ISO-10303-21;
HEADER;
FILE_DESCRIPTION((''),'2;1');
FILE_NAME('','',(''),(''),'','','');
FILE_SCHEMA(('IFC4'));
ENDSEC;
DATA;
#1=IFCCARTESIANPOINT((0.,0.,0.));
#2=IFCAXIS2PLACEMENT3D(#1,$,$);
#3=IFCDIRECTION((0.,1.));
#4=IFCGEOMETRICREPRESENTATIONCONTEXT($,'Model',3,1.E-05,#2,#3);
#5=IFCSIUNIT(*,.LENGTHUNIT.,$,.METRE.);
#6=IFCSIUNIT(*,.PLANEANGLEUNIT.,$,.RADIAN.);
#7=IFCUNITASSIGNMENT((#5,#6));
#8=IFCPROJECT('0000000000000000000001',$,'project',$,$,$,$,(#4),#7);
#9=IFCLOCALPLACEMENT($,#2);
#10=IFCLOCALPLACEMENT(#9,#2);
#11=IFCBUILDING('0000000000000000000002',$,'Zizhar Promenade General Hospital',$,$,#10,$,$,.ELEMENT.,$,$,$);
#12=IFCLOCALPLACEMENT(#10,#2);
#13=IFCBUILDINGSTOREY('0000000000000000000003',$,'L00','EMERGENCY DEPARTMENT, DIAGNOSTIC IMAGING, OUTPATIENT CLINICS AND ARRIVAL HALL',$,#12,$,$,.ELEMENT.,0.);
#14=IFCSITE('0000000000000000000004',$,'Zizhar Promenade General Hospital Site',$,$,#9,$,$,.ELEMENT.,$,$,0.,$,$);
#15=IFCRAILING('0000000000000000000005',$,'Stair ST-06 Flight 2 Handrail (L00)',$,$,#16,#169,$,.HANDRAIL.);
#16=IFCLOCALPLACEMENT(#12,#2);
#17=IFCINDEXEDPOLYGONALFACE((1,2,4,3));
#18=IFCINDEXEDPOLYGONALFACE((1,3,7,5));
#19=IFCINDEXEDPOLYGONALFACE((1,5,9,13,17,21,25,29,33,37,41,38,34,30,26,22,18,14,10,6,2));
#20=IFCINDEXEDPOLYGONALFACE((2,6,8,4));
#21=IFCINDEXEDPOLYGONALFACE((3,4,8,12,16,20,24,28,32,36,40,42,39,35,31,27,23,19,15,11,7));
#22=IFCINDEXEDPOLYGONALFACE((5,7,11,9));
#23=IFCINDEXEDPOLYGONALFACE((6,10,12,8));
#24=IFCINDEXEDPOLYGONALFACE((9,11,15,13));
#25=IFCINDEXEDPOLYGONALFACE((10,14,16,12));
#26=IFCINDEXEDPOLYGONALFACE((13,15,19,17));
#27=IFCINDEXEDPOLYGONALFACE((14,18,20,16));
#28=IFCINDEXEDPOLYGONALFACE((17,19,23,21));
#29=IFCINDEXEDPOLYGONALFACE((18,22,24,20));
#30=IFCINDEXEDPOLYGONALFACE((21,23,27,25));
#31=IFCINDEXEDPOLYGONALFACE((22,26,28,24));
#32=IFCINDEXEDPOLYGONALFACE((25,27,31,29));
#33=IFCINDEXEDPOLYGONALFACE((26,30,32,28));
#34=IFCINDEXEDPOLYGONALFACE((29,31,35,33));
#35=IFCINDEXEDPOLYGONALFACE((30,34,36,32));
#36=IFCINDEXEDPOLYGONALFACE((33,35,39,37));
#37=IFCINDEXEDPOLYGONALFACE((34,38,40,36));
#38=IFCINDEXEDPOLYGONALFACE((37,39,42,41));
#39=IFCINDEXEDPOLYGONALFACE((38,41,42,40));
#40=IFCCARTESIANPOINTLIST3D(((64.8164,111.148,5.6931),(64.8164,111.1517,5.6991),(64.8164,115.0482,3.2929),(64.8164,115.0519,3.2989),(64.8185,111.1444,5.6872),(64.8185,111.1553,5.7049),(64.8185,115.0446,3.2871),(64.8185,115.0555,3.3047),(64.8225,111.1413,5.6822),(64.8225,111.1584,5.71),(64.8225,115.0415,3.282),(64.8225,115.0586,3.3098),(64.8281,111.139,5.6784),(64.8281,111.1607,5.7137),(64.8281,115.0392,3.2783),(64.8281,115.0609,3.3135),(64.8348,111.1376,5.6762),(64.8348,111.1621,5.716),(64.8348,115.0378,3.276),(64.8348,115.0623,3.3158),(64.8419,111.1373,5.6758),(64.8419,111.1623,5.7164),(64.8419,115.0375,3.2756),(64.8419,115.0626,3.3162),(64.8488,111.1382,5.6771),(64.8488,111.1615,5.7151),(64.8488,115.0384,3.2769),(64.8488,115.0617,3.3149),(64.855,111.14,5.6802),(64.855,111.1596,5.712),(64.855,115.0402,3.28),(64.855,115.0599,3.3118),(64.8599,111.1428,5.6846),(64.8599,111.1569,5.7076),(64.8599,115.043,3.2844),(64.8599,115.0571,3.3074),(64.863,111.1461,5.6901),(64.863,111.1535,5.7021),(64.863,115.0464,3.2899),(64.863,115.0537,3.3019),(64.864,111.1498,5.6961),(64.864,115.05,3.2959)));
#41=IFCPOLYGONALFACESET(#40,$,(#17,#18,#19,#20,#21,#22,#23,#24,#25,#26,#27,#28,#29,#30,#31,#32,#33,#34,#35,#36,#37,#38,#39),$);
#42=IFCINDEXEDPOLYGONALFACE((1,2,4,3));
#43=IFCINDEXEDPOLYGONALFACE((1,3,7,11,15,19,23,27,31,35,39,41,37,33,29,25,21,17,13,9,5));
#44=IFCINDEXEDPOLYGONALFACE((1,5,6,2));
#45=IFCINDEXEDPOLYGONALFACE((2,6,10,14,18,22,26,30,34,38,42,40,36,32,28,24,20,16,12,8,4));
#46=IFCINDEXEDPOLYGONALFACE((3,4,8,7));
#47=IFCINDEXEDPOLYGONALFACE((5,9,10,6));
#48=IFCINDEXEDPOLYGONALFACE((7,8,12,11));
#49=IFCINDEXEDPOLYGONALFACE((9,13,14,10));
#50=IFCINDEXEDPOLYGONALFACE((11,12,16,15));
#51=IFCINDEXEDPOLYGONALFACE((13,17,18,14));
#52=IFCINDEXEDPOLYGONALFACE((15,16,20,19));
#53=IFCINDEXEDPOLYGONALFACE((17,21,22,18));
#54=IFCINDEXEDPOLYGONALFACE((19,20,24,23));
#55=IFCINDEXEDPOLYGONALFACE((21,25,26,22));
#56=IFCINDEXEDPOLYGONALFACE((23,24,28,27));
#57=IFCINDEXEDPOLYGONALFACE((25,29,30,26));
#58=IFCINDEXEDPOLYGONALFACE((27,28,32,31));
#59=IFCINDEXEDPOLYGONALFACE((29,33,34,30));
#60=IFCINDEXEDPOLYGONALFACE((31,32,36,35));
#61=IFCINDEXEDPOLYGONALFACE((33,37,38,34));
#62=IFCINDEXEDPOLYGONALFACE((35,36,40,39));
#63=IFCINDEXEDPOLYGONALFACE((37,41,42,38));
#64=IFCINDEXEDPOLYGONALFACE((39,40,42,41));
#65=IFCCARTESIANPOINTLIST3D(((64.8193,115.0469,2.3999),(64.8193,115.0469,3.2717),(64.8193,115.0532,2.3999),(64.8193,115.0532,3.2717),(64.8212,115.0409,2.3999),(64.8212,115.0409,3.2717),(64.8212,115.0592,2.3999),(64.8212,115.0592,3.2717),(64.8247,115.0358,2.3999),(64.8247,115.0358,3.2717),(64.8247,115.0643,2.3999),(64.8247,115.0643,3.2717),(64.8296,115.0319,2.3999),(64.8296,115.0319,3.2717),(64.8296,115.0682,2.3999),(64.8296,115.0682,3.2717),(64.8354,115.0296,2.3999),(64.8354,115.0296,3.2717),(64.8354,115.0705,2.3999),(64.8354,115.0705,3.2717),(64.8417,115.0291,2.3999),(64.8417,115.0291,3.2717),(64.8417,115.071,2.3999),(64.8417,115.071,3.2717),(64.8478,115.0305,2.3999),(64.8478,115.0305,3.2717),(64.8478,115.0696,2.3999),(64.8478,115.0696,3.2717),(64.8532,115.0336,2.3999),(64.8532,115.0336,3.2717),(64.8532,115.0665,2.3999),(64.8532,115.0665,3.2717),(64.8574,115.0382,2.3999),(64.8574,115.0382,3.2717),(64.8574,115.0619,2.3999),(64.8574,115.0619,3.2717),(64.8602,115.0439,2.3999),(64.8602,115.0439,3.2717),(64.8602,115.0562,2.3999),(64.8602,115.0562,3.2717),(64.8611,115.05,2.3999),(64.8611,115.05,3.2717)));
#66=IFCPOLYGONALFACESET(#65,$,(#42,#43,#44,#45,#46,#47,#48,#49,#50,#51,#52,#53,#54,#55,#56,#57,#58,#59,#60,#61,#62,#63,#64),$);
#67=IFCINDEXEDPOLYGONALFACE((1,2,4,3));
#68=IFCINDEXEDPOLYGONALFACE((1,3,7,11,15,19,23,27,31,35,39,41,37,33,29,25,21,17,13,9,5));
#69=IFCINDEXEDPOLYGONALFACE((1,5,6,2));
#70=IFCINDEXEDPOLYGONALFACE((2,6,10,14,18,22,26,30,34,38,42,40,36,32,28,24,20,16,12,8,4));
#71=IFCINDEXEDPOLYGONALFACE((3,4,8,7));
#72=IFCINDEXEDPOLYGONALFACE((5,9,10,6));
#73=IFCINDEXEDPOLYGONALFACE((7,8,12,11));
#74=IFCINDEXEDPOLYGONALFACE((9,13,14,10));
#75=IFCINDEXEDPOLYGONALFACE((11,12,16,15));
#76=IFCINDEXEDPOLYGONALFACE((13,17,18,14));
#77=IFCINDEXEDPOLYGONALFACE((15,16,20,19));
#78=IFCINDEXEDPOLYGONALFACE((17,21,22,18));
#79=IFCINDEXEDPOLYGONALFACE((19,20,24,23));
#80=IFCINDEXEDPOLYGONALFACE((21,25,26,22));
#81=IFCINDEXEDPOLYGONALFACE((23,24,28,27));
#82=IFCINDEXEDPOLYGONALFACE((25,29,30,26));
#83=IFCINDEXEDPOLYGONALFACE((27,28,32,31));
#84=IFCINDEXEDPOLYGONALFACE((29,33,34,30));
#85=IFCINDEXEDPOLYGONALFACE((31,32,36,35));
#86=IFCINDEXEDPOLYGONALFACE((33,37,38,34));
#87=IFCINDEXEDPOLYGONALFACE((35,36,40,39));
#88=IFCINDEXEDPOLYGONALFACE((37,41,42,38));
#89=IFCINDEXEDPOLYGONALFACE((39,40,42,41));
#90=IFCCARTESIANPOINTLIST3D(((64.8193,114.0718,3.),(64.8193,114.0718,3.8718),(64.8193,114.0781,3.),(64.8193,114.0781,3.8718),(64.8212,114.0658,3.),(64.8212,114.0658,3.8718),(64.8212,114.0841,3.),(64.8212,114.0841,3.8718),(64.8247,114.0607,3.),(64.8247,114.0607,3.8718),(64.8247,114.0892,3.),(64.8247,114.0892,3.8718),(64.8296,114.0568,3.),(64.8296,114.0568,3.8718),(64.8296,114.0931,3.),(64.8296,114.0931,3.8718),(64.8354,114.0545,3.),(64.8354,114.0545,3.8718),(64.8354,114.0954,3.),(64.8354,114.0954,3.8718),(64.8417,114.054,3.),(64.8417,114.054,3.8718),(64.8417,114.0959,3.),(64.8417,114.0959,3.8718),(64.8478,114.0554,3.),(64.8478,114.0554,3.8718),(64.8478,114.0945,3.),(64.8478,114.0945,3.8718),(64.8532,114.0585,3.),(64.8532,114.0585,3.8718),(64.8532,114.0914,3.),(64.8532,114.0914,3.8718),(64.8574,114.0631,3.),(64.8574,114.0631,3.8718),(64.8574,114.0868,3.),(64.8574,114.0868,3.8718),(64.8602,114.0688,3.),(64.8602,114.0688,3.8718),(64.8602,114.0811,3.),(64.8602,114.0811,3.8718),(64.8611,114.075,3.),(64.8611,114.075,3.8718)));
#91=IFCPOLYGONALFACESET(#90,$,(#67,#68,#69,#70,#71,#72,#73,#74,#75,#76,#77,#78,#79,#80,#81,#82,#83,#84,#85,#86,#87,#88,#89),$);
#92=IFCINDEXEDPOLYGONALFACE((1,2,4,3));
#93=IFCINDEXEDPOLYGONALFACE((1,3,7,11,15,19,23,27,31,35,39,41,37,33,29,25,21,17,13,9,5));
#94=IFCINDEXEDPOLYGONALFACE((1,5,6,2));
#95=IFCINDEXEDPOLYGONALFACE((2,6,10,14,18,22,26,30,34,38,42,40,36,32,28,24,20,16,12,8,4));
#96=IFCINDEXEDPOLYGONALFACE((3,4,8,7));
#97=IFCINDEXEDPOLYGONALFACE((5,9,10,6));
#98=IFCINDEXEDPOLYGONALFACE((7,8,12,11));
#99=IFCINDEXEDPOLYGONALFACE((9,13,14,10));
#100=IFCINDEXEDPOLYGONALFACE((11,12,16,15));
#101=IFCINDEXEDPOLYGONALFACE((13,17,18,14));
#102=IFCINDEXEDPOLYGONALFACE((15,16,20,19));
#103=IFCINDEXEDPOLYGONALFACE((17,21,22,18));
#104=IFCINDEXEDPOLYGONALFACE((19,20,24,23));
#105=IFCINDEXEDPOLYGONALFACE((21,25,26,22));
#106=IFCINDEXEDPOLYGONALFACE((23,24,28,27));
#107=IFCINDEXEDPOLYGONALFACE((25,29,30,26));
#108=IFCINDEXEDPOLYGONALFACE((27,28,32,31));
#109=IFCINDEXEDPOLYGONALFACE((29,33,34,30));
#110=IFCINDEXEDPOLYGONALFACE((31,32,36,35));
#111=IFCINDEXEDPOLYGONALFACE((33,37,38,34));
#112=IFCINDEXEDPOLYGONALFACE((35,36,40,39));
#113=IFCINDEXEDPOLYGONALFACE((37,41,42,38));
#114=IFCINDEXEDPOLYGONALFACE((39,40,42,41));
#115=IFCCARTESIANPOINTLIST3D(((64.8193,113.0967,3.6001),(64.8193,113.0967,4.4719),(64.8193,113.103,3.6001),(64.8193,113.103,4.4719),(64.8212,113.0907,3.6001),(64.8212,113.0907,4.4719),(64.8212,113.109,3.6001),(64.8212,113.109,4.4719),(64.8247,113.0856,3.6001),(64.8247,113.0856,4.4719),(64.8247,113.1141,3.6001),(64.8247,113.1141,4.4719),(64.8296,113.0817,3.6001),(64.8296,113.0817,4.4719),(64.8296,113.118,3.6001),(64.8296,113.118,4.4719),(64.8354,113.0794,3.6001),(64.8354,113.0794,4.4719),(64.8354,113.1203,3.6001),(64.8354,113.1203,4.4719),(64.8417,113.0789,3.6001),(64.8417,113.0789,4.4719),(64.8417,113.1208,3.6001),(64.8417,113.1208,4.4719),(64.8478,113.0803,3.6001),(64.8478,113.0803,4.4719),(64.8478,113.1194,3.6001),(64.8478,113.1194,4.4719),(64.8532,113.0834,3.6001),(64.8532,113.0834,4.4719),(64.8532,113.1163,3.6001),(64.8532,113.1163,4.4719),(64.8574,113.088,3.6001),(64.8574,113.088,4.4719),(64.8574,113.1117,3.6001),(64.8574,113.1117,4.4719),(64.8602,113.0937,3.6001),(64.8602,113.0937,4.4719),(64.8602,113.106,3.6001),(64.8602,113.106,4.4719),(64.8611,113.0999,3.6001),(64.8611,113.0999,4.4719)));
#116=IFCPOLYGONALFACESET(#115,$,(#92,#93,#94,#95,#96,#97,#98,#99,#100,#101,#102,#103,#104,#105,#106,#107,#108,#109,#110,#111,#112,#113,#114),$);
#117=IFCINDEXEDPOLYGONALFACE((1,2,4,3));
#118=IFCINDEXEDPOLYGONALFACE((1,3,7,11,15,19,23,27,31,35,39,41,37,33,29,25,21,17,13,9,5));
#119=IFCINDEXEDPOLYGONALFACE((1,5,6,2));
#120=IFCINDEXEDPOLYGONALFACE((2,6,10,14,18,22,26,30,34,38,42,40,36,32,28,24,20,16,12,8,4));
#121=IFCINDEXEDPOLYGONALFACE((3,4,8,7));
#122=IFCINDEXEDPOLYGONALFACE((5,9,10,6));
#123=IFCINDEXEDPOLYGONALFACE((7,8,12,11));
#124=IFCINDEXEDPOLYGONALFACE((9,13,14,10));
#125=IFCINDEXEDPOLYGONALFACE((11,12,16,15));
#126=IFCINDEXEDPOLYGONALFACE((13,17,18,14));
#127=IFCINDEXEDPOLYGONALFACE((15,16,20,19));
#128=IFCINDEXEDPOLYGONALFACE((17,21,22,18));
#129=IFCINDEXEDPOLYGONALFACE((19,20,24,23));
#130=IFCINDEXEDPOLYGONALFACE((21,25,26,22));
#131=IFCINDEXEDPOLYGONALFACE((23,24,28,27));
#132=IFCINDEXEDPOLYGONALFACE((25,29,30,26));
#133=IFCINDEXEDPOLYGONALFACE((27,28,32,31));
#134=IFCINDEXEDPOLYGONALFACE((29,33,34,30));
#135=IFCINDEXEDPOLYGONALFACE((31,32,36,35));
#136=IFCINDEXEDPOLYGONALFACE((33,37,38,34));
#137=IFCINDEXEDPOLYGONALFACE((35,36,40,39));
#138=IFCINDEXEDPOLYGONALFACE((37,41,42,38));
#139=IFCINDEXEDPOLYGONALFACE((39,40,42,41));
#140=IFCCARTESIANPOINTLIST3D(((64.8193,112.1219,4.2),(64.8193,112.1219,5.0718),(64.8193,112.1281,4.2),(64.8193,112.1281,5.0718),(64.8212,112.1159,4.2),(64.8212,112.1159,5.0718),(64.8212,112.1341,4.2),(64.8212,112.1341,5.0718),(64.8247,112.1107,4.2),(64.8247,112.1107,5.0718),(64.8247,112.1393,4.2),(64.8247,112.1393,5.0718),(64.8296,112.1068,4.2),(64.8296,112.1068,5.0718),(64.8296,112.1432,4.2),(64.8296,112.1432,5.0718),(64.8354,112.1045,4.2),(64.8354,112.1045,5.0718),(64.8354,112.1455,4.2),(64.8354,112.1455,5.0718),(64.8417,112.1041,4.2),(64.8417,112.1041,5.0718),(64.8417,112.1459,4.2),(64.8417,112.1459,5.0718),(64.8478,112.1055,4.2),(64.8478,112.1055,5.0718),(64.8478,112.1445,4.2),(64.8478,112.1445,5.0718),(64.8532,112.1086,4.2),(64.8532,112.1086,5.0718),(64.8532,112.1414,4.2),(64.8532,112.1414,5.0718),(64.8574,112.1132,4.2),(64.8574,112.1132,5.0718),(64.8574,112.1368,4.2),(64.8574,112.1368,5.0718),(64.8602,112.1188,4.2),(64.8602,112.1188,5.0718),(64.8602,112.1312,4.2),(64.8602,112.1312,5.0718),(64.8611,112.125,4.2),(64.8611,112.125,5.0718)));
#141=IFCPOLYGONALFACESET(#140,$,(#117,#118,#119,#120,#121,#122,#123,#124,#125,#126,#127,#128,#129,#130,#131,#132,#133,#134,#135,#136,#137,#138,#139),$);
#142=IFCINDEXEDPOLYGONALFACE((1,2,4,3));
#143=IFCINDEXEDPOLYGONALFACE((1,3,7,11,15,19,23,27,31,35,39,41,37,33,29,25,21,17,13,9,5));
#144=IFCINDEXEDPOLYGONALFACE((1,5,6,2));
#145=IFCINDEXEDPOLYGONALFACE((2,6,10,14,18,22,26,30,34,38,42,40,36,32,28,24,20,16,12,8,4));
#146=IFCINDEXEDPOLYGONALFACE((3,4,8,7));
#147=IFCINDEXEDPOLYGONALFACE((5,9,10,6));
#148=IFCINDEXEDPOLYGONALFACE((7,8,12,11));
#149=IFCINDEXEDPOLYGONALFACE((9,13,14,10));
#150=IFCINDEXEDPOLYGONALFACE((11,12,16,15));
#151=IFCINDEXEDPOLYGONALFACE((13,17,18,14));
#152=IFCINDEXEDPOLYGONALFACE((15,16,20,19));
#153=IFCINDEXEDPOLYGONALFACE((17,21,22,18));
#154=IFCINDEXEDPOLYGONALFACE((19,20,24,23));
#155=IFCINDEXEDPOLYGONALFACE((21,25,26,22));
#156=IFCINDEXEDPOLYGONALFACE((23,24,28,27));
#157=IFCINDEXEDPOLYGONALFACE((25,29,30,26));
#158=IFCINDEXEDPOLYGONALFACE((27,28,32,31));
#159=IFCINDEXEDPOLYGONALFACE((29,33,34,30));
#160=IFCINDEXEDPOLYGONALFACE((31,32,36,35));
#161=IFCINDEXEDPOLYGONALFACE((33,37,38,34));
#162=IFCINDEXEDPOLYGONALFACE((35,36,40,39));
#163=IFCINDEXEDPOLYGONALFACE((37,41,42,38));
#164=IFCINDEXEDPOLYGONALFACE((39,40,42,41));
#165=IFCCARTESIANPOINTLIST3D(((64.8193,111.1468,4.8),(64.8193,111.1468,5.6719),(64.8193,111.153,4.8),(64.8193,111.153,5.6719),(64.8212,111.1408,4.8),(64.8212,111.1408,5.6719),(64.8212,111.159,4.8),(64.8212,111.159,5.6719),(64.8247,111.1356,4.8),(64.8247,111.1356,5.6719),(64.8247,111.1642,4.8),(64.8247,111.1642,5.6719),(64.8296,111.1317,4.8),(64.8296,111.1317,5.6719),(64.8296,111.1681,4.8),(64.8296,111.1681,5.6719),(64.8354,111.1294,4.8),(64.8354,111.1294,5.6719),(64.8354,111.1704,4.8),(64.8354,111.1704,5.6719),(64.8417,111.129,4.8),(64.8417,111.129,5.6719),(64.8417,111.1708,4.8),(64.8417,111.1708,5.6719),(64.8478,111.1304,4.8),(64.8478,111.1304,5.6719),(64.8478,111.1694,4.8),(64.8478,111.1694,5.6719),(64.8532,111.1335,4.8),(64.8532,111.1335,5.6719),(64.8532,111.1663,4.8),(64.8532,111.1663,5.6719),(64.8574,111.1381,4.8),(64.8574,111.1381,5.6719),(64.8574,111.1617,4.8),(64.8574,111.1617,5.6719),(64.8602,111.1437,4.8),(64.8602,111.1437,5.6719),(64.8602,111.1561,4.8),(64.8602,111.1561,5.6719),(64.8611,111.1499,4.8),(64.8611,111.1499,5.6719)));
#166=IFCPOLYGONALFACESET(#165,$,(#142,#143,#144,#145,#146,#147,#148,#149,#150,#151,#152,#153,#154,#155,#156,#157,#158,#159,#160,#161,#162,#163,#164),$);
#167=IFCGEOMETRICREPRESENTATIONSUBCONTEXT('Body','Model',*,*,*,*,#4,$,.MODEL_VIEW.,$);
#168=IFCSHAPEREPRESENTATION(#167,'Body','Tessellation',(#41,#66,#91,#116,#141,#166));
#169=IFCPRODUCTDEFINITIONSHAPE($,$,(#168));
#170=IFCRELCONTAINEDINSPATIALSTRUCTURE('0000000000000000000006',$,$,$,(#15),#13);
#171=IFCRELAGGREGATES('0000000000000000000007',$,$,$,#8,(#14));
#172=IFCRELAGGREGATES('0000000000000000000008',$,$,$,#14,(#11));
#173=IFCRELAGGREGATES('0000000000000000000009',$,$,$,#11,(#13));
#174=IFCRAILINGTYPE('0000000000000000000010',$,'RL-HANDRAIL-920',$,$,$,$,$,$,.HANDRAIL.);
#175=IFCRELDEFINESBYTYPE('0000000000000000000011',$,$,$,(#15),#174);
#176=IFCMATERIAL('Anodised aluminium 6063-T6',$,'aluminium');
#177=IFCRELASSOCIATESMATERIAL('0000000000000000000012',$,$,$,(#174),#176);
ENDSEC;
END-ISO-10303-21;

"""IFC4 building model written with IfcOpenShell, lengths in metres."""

from ifc_helpers import new_model, si_unit, direction, frame, origin, origin_2d, place, context, subcontext, project, spatial, circle, hollow_circle, extrude, material, material_profile, profile_set, type_object, element, save


model = new_model("IFC4")

# Units and contexts
model_context = context("Model", 3, precision=1e-05, world=origin(), true_north=direction((0.0, 1.0)))
body_context = subcontext(model_context, "Body", "Model", "MODEL_VIEW")
ifc_project = project(units=[si_unit("LENGTHUNIT", "METRE"), si_unit("PLANEANGLEUNIT", "RADIAN")], contexts=[model_context])

# Site, building, storey
site_placement = place(None, origin())
site = spatial("IfcSite", under=ifc_project, at=site_placement, Name="Zizhar Promenade General Hospital Site", CompositionType="ELEMENT", RefElevation=0.0)
building_placement = place(site_placement, origin())
building = spatial("IfcBuilding", under=site, at=building_placement, Name="Zizhar Promenade General Hospital", CompositionType="ELEMENT")
storey_placement = place(building_placement, origin())
storey = spatial("IfcBuildingStorey", under=building, at=storey_placement, Name="L00", Description="EMERGENCY DEPARTMENT, DIAGNOSTIC IMAGING, OUTPATIENT CLINICS AND ARRIVAL HALL", CompositionType="ELEMENT", Elevation=0.0)

# Railing
ifc_material_1 = material(Name="Anodised aluminium 6063-T6", Category="aluminium")
ifc_material_profile_1 = material_profile(ifc_material_1, hollow_circle(Radius=0.0698, WallThickness=0.0063, at=origin_2d()))
ifc_profile_set_1 = profile_set([ifc_material_profile_1], Name="Anodised aluminium 6063-T6")
railing_type_1 = type_object("IfcRailingType", Name="RL-HANDRAIL-920", PredefinedType="HANDRAIL", material=ifc_profile_set_1)
railing_1_placement = place(storey_placement, frame((64.8401, 115.05, 2.3999)))
element("IfcRailing", 1, at=railing_1_placement, inside=storey, type_object=railing_type_1, Name="Stair ST-06 Flight 2 Handrail (L00)", PredefinedType="HANDRAIL", context=body_context, shape_type="SweptSolid", body=[
    extrude(circle(Radius=0.0239, at=origin_2d()), frame((0.0, 0.0, 0.896), z_axis=(0.0, -0.851653, 0.524106), x_axis=(1.0, 0.0, 0.0)), (0.0, 0.0, 1.0), 4.5796),
    extrude(circle(Radius=0.021, at=origin_2d()), origin(), (0.0, 0.0, 1.0), 0.8718),
    extrude(circle(Radius=0.021, at=origin_2d()), frame((0.0, -0.9751, 0.6001)), (0.0, 0.0, 1.0), 0.8718),
    extrude(circle(Radius=0.021, at=origin_2d()), frame((0.0, -1.9502, 1.2002)), (0.0, 0.0, 1.0), 0.8718),
    extrude(circle(Radius=0.021, at=origin_2d()), frame((0.0, -2.925, 1.8)), (0.0, 0.0, 1.0), 0.8718),
    extrude(circle(Radius=0.021, at=origin_2d()), frame((0.0, -3.9001, 2.4001)), (0.0, 0.0, 1.0), 0.8718),
])

save(model, "model.ifc")
